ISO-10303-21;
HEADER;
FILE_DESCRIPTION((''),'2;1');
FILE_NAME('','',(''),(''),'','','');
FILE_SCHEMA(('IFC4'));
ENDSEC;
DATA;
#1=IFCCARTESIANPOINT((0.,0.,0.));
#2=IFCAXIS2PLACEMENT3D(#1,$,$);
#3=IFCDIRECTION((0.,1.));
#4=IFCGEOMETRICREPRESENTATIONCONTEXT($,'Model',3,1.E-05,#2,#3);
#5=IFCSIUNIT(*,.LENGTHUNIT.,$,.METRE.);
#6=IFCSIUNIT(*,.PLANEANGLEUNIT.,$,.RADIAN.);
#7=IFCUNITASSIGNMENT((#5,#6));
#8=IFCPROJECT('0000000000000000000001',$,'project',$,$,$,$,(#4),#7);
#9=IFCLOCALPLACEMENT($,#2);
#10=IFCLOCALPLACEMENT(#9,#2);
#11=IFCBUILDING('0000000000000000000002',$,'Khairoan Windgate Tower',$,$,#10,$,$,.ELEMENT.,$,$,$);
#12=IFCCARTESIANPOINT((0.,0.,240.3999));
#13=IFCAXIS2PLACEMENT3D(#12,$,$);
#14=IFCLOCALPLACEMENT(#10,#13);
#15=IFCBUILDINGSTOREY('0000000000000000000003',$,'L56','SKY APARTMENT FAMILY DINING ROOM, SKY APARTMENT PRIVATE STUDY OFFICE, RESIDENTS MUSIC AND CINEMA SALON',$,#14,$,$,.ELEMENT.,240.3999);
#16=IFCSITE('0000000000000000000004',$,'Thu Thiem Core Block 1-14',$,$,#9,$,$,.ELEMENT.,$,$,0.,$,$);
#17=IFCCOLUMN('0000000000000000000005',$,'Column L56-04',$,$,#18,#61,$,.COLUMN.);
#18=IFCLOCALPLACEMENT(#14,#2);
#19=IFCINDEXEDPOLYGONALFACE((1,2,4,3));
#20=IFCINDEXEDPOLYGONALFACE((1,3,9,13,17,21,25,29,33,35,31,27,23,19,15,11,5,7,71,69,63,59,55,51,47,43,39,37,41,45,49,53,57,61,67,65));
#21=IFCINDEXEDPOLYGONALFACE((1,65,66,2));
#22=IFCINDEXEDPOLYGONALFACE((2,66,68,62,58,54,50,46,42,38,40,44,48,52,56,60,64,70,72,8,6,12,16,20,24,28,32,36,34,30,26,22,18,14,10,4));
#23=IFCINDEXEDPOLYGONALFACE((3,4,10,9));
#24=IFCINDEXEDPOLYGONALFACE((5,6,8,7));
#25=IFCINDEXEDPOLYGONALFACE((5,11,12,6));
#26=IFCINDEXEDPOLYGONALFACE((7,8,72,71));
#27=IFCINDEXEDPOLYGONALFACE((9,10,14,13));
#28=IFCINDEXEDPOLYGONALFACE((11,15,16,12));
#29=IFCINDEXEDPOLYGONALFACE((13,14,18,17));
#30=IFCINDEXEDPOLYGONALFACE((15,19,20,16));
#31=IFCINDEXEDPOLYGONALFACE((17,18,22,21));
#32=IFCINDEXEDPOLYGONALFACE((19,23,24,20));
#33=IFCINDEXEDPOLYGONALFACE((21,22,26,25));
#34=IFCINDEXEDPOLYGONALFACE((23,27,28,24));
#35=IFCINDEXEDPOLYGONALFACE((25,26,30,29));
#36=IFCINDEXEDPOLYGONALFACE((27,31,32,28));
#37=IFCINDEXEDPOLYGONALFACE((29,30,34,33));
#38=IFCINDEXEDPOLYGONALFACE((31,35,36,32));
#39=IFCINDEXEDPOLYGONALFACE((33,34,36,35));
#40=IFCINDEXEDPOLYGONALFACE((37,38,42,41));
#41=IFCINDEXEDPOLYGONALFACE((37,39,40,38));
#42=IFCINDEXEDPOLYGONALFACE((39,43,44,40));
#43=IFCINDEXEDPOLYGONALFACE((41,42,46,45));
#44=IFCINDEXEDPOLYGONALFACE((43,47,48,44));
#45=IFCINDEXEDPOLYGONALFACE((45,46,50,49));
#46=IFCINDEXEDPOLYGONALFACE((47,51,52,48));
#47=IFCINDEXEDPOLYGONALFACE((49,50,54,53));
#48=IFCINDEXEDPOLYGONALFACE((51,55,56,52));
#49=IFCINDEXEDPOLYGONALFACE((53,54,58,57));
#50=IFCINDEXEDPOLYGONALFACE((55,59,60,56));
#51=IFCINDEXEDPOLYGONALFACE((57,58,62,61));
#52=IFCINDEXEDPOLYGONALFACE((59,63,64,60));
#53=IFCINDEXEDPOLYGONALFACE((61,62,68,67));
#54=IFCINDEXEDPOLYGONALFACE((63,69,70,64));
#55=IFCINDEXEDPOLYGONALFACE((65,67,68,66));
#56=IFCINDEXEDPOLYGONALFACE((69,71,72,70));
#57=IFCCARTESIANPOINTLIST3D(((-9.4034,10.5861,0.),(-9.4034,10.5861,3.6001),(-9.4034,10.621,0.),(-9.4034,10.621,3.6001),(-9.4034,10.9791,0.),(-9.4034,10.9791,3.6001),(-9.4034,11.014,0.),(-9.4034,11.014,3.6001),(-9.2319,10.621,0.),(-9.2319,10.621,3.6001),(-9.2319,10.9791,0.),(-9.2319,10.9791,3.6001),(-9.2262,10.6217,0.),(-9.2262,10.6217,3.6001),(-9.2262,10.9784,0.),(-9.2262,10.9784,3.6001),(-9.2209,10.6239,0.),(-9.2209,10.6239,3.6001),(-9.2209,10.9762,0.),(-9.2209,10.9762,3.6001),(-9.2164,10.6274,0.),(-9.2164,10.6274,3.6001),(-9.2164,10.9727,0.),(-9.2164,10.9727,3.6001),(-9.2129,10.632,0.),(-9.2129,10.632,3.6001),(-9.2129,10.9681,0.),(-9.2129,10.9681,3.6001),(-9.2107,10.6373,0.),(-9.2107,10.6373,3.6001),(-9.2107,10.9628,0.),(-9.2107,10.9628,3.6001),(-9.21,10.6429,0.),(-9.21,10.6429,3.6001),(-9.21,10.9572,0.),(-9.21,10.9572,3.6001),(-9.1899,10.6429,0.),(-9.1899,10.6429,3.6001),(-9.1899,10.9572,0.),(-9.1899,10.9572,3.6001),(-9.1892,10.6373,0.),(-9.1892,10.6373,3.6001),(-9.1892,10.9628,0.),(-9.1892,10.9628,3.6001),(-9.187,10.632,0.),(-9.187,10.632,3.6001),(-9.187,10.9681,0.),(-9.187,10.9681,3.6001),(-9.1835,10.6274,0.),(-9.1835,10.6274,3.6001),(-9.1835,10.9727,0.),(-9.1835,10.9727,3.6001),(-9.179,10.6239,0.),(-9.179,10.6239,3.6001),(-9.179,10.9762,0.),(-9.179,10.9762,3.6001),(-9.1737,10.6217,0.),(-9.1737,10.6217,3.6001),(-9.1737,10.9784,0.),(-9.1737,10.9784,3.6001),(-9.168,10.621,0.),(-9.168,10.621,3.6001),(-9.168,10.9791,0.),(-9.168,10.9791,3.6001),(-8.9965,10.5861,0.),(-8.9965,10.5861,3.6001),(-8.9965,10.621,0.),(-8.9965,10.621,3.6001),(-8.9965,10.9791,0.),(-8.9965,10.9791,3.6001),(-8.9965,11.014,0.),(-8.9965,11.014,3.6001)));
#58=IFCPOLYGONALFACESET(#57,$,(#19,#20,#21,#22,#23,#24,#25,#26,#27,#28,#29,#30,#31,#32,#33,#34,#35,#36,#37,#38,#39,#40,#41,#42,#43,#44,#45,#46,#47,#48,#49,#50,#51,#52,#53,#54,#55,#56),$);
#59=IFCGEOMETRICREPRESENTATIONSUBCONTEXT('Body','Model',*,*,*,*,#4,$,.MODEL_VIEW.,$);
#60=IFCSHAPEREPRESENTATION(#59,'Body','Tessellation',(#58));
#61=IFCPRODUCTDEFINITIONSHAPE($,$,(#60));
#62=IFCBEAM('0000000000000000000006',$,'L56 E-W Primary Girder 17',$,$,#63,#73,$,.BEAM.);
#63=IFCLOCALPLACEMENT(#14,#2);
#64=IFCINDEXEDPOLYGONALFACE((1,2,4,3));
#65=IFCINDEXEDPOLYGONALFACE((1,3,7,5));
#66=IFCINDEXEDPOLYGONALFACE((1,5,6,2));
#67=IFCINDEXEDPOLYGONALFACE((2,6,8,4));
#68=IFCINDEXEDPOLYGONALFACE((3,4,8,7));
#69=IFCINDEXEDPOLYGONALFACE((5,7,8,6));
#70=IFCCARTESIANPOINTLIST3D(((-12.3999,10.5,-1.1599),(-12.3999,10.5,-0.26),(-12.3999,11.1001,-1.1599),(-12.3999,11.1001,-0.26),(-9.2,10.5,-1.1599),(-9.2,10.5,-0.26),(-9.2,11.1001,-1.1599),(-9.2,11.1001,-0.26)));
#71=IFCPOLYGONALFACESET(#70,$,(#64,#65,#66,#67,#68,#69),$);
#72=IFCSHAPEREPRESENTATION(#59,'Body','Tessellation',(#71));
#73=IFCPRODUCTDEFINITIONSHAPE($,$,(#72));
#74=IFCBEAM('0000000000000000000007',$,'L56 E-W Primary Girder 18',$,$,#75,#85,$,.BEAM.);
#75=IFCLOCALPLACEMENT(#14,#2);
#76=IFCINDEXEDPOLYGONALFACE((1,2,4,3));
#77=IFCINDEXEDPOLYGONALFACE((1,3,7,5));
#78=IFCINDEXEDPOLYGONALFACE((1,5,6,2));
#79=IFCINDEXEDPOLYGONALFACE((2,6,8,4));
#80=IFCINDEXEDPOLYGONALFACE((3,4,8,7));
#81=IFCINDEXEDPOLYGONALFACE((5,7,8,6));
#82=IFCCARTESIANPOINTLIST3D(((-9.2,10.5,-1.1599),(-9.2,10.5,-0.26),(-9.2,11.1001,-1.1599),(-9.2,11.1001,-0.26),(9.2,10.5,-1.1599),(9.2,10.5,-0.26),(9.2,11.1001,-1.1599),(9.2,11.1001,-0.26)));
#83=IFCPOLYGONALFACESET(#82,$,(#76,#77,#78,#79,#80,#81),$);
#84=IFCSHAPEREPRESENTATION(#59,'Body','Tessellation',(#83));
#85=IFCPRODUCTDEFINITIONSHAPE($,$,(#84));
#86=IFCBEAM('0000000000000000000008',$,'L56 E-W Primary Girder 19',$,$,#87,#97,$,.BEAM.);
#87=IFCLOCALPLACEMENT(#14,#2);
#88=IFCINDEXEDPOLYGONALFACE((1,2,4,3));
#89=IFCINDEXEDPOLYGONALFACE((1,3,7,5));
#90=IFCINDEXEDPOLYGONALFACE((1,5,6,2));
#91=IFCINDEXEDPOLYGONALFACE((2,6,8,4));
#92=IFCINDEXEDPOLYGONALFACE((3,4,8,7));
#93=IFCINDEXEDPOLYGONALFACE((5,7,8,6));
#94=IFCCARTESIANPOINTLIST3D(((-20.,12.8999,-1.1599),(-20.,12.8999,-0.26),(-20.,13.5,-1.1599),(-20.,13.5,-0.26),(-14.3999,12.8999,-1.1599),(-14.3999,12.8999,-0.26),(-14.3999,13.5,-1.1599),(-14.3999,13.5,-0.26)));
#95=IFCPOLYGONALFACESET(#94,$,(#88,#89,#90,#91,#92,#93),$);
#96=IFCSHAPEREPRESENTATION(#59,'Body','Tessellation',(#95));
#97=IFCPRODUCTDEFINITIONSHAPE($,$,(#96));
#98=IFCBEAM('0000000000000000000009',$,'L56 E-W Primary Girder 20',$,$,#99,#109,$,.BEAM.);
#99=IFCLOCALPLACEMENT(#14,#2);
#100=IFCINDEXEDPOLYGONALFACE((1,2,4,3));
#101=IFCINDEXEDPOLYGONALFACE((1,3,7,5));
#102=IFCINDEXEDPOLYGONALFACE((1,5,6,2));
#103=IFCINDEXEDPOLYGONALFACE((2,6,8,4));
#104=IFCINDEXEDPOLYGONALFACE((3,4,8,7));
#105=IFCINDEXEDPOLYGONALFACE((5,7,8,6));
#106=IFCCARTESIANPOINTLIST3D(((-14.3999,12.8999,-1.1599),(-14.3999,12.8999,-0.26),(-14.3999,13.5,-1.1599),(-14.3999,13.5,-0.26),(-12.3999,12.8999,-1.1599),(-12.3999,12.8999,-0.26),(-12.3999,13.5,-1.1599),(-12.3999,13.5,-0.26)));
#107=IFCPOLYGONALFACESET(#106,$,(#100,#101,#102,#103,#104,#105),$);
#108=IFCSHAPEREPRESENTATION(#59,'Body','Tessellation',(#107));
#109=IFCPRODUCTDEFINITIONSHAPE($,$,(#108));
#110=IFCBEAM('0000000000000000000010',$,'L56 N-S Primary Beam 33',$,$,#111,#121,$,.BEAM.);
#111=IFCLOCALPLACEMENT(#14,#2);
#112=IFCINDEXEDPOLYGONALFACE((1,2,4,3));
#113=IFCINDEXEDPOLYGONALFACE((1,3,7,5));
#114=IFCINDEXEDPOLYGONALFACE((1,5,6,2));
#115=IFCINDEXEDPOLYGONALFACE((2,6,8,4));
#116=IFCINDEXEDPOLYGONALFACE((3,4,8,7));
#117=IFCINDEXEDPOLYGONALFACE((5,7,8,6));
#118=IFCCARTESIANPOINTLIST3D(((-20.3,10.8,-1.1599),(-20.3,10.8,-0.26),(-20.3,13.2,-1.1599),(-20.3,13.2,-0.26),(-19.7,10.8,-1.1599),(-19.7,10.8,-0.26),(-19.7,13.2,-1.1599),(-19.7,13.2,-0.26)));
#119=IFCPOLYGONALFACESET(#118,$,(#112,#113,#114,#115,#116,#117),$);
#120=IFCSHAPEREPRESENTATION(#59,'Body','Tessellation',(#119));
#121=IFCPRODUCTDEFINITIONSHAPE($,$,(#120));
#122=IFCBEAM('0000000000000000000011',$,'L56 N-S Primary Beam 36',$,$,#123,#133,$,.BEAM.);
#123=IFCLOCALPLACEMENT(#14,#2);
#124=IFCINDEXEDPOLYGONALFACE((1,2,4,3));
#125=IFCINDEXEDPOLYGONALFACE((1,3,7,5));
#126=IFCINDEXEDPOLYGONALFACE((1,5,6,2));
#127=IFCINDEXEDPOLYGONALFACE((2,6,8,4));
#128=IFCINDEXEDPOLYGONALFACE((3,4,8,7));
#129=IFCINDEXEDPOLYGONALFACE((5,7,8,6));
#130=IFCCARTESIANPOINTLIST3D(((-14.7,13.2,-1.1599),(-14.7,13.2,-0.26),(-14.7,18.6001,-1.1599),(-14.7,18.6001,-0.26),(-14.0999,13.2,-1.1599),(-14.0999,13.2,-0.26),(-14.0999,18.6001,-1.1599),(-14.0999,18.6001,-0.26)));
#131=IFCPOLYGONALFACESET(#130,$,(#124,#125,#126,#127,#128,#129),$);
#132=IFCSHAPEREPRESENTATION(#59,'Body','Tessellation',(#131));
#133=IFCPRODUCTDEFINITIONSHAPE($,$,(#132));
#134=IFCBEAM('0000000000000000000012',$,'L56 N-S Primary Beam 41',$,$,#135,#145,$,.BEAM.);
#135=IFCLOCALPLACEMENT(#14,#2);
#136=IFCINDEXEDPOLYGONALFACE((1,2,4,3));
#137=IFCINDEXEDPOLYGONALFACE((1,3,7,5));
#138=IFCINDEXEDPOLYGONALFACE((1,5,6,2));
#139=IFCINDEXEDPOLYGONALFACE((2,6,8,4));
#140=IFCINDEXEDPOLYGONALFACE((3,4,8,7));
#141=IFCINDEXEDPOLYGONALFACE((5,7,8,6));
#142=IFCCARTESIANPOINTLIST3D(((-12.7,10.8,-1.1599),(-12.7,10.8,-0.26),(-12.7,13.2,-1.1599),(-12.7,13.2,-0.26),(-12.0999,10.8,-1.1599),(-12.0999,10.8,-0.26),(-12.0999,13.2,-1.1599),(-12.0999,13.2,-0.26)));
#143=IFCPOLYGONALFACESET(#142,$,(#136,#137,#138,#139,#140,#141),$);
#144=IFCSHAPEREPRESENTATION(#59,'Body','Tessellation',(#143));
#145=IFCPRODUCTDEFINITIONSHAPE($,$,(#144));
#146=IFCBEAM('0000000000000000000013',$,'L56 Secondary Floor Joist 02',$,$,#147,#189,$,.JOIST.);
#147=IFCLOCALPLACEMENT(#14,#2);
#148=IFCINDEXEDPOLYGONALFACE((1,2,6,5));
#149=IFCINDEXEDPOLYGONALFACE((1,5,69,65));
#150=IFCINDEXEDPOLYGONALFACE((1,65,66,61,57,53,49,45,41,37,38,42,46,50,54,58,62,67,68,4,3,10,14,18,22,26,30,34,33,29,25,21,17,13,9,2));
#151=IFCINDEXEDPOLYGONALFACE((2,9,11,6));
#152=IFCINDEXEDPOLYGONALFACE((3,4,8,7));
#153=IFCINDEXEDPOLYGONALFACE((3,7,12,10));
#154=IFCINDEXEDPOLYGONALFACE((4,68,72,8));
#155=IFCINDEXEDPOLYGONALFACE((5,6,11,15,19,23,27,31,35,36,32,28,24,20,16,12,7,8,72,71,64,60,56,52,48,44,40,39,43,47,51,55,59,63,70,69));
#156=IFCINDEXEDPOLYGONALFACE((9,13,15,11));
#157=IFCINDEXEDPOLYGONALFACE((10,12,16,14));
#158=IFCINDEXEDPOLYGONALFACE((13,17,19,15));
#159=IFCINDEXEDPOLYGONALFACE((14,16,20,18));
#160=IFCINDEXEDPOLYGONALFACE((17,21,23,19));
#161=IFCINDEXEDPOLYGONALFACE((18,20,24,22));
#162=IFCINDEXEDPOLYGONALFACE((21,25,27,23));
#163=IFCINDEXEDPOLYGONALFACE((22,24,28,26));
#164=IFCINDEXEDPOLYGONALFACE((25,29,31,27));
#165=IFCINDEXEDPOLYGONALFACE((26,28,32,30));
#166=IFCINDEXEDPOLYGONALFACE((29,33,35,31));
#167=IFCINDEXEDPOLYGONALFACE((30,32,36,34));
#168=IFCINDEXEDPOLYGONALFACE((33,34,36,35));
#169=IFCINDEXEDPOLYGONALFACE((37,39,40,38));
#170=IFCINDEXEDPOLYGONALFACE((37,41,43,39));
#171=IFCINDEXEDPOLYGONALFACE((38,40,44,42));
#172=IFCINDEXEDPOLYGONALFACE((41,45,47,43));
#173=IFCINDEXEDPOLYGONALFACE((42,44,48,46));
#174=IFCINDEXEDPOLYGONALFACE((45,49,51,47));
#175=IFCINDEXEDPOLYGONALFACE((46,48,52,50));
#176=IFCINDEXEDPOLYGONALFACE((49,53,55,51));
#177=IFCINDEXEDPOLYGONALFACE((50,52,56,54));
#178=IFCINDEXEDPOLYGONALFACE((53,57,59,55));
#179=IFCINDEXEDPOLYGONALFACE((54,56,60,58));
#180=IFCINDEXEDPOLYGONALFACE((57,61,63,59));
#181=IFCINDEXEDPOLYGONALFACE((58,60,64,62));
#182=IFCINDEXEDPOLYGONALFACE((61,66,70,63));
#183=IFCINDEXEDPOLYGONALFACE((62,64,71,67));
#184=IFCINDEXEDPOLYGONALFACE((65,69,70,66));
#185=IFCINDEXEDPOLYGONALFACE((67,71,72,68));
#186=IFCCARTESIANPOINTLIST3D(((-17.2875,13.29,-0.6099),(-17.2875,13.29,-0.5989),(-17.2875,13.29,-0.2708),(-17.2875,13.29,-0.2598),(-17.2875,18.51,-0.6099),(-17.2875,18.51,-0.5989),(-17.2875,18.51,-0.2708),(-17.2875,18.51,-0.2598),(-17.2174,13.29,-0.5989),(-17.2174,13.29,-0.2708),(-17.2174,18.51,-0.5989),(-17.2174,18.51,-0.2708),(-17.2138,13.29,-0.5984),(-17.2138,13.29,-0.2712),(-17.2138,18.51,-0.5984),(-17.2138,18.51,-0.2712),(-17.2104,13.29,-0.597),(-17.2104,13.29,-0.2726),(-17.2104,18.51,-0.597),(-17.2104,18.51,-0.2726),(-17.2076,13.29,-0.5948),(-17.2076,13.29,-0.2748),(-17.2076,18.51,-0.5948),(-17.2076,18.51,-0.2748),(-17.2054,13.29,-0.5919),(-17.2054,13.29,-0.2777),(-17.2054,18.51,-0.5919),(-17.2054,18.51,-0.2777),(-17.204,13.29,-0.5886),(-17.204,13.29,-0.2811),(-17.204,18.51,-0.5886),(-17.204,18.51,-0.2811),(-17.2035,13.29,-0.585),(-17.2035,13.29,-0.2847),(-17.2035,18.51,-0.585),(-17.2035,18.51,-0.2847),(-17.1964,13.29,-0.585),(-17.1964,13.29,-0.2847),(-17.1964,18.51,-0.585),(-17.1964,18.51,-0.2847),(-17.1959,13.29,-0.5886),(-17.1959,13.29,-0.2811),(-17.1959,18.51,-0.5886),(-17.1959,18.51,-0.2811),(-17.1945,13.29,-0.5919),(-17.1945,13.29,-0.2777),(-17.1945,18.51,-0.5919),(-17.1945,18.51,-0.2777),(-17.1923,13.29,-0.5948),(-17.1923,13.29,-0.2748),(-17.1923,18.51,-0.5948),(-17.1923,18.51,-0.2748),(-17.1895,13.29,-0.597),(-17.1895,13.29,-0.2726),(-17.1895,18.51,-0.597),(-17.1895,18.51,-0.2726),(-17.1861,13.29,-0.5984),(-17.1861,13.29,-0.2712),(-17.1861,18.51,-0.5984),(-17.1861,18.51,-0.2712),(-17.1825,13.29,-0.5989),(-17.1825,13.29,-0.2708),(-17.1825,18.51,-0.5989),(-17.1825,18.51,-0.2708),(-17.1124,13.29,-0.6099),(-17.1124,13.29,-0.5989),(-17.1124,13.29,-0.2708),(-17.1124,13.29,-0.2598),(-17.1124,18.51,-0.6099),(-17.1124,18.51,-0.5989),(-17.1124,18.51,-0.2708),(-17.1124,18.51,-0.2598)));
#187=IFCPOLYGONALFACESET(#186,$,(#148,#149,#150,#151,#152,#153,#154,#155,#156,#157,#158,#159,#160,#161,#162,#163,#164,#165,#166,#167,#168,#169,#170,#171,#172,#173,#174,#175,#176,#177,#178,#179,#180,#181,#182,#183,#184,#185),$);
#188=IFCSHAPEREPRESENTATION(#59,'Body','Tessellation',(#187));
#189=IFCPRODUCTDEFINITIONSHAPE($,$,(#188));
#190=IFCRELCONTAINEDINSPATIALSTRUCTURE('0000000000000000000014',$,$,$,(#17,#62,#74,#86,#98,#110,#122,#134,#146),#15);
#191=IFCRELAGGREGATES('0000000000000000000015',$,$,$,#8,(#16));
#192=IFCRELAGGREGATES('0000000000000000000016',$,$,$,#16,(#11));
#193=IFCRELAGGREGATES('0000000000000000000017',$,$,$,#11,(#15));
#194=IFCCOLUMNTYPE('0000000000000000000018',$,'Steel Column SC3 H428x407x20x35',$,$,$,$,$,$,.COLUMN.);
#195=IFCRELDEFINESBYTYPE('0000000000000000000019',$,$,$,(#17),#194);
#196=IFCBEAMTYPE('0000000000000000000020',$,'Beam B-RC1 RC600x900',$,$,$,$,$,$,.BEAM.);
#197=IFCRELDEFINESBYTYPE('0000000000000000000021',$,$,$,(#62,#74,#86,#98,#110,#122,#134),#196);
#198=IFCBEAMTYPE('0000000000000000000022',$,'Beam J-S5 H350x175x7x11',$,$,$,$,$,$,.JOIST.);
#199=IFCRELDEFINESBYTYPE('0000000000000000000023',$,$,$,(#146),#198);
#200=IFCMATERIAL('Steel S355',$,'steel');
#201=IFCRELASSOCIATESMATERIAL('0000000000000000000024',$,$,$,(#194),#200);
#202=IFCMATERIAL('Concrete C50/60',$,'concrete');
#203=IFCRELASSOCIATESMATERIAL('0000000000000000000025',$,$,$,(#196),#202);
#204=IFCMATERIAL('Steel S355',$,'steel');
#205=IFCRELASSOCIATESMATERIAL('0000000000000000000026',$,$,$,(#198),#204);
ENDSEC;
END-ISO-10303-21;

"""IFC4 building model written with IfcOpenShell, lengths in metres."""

from ifc_helpers import new_model, si_unit, direction, frame, origin, origin_2d, place, context, subcontext, project, spatial, rectangle, i_section, extrude, material, material_profile, profile_set, type_object, element, save


model = new_model("IFC4")

# Units and contexts
model_context = context("Model", 3, precision=1e-05, world=origin(), true_north=direction((0.0, 1.0)))
body_context = subcontext(model_context, "Body", "Model", "MODEL_VIEW")
ifc_project = project(units=[si_unit("LENGTHUNIT", "METRE"), si_unit("PLANEANGLEUNIT", "RADIAN")], contexts=[model_context])

# Site, building, storey
site_placement = place(None, origin())
site = spatial("IfcSite", under=ifc_project, at=site_placement, Name="Thu Thiem Core Block 1-14", CompositionType="ELEMENT", RefElevation=0.0)
building_placement = place(site_placement, origin())
building = spatial("IfcBuilding", under=site, at=building_placement, Name="Khairoan Windgate Tower", CompositionType="ELEMENT")
storey_placement = place(building_placement, frame((0.0, 0.0, 240.3999)))
storey = spatial("IfcBuildingStorey", under=building, at=storey_placement, Name="L56", Description="SKY APARTMENT FAMILY DINING ROOM, SKY APARTMENT PRIVATE STUDY OFFICE, RESIDENTS MUSIC AND CINEMA SALON", CompositionType="ELEMENT", Elevation=240.3999)

# Column
ifc_material_1 = material(Name="Steel S355", Category="steel")
ifc_material_profile_1 = material_profile(ifc_material_1, i_section(OverallWidth=0.407, OverallDepth=0.428, WebThickness=0.02, FlangeThickness=0.0349, FilletRadius=0.022, at=origin_2d()))
ifc_profile_set_1 = profile_set([ifc_material_profile_1], Name="Steel S355")
column_type = type_object("IfcColumnType", Name="Steel Column SC3 H428x407x20x35", PredefinedType="COLUMN", material=ifc_profile_set_1)
column_placement = place(storey_placement, frame((-9.2, 10.8, 0.0), z_axis=(0.0, 0.0, 1.0), x_axis=(1.0, 0.0, 0.0)))
element("IfcColumn", 1, at=column_placement, inside=storey, type_object=column_type, Name="Column L56-04", PredefinedType="COLUMN", context=body_context, shape_type="SweptSolid", body=[
    extrude(i_section(OverallWidth=0.407, OverallDepth=0.428, WebThickness=0.02, FlangeThickness=0.0349, FilletRadius=0.022, at=origin_2d()), origin(), (0.0, 0.0, 1.0), 3.6001),
])

# Beams
ifc_material_2 = material(Name="Concrete C50/60", Category="concrete")
ifc_material_profile_2 = material_profile(ifc_material_2, rectangle(XDim=0.6001, YDim=0.8999, at=origin_2d()))
ifc_profile_set_2 = profile_set([ifc_material_profile_2], Name="Concrete C50/60")
beam_type_1 = type_object("IfcBeamType", Name="Beam B-RC1 RC600x900", PredefinedType="BEAM", material=ifc_profile_set_2)
beam_1_placement = place(storey_placement, frame((-12.3999, 10.8, -0.71), z_axis=(1.0, 0.0, 0.0), x_axis=(0.0, 1.0, 0.0)))
element("IfcBeam", 2, at=beam_1_placement, inside=storey, type_object=beam_type_1, Name="L56 E-W Primary Girder 17", PredefinedType="BEAM", context=body_context, shape_type="SweptSolid", body=[
    extrude(rectangle(XDim=0.6001, YDim=0.8999, at=origin_2d()), origin(), (0.0, 0.0, 1.0), 3.2),
])
beam_2_placement = place(storey_placement, frame((-9.2, 10.8, -0.71), z_axis=(1.0, 0.0, 0.0), x_axis=(0.0, 1.0, 0.0)))
element("IfcBeam", 3, at=beam_2_placement, inside=storey, type_object=beam_type_1, Name="L56 E-W Primary Girder 18", PredefinedType="BEAM", context=body_context, shape_type="SweptSolid", body=[
    extrude(rectangle(XDim=0.6001, YDim=0.8999, at=origin_2d()), origin(), (0.0, 0.0, 1.0), 18.3999),
])
beam_3_placement = place(storey_placement, frame((-20.0, 13.2, -0.71), z_axis=(1.0, 0.0, 0.0), x_axis=(0.0, 1.0, 0.0)))
element("IfcBeam", 4, at=beam_3_placement, inside=storey, type_object=beam_type_1, Name="L56 E-W Primary Girder 19", PredefinedType="BEAM", context=body_context, shape_type="SweptSolid", body=[
    extrude(rectangle(XDim=0.6001, YDim=0.8999, at=origin_2d()), origin(), (0.0, 0.0, 1.0), 5.6001),
])
beam_4_placement = place(storey_placement, frame((-14.3999, 13.2, -0.71), z_axis=(1.0, 0.0, 0.0), x_axis=(0.0, 1.0, 0.0)))
element("IfcBeam", 5, at=beam_4_placement, inside=storey, type_object=beam_type_1, Name="L56 E-W Primary Girder 20", PredefinedType="BEAM", context=body_context, shape_type="SweptSolid", body=[
    extrude(rectangle(XDim=0.6001, YDim=0.8999, at=origin_2d()), origin(), (0.0, 0.0, 1.0), 2.0),
])
beam_5_placement = place(storey_placement, frame((-20.0, 10.8, -0.71), z_axis=(0.0, 1.0, 0.0), x_axis=(-1.0, 0.0, 0.0)))
element("IfcBeam", 6, at=beam_5_placement, inside=storey, type_object=beam_type_1, Name="L56 N-S Primary Beam 33", PredefinedType="BEAM", context=body_context, shape_type="SweptSolid", body=[
    extrude(rectangle(XDim=0.6001, YDim=0.8999, at=origin_2d()), origin(), (0.0, 0.0, 1.0), 2.3999),
])
beam_6_placement = place(storey_placement, frame((-14.3999, 13.2, -0.71), z_axis=(0.0, 1.0, 0.0), x_axis=(-1.0, 0.0, 0.0)))
element("IfcBeam", 7, at=beam_6_placement, inside=storey, type_object=beam_type_1, Name="L56 N-S Primary Beam 36", PredefinedType="BEAM", context=body_context, shape_type="SweptSolid", body=[
    extrude(rectangle(XDim=0.6001, YDim=0.8999, at=origin_2d()), origin(), (0.0, 0.0, 1.0), 5.4001),
])
beam_7_placement = place(storey_placement, frame((-12.3999, 10.8, -0.71), z_axis=(0.0, 1.0, 0.0), x_axis=(-1.0, 0.0, 0.0)))
element("IfcBeam", 8, at=beam_7_placement, inside=storey, type_object=beam_type_1, Name="L56 N-S Primary Beam 41", PredefinedType="BEAM", context=body_context, shape_type="SweptSolid", body=[
    extrude(rectangle(XDim=0.6001, YDim=0.8999, at=origin_2d()), origin(), (0.0, 0.0, 1.0), 2.3999),
])
ifc_material_3 = material(Name="Steel S355", Category="steel")
ifc_material_profile_3 = material_profile(ifc_material_3, i_section(OverallWidth=0.175, OverallDepth=0.3501, WebThickness=0.0071, FlangeThickness=0.011, FilletRadius=0.0139, at=origin_2d()))
ifc_profile_set_3 = profile_set([ifc_material_profile_3], Name="Steel S355")
beam_type_2 = type_object("IfcBeamType", Name="Beam J-S5 H350x175x7x11", PredefinedType="JOIST", material=ifc_profile_set_3)
beam_8_placement = place(storey_placement, frame((-17.2, 13.29, -0.4348), z_axis=(0.0, 1.0, 0.0), x_axis=(-1.0, 0.0, 0.0)))
element("IfcBeam", 9, at=beam_8_placement, inside=storey, type_object=beam_type_2, Name="L56 Secondary Floor Joist 02", PredefinedType="JOIST", context=body_context, shape_type="SweptSolid", body=[
    extrude(i_section(OverallWidth=0.175, OverallDepth=0.3501, WebThickness=0.0071, FlangeThickness=0.011, FilletRadius=0.0139, at=origin_2d()), origin(), (0.0, 0.0, 1.0), 5.22),
])

save(model, "model.ifc")
